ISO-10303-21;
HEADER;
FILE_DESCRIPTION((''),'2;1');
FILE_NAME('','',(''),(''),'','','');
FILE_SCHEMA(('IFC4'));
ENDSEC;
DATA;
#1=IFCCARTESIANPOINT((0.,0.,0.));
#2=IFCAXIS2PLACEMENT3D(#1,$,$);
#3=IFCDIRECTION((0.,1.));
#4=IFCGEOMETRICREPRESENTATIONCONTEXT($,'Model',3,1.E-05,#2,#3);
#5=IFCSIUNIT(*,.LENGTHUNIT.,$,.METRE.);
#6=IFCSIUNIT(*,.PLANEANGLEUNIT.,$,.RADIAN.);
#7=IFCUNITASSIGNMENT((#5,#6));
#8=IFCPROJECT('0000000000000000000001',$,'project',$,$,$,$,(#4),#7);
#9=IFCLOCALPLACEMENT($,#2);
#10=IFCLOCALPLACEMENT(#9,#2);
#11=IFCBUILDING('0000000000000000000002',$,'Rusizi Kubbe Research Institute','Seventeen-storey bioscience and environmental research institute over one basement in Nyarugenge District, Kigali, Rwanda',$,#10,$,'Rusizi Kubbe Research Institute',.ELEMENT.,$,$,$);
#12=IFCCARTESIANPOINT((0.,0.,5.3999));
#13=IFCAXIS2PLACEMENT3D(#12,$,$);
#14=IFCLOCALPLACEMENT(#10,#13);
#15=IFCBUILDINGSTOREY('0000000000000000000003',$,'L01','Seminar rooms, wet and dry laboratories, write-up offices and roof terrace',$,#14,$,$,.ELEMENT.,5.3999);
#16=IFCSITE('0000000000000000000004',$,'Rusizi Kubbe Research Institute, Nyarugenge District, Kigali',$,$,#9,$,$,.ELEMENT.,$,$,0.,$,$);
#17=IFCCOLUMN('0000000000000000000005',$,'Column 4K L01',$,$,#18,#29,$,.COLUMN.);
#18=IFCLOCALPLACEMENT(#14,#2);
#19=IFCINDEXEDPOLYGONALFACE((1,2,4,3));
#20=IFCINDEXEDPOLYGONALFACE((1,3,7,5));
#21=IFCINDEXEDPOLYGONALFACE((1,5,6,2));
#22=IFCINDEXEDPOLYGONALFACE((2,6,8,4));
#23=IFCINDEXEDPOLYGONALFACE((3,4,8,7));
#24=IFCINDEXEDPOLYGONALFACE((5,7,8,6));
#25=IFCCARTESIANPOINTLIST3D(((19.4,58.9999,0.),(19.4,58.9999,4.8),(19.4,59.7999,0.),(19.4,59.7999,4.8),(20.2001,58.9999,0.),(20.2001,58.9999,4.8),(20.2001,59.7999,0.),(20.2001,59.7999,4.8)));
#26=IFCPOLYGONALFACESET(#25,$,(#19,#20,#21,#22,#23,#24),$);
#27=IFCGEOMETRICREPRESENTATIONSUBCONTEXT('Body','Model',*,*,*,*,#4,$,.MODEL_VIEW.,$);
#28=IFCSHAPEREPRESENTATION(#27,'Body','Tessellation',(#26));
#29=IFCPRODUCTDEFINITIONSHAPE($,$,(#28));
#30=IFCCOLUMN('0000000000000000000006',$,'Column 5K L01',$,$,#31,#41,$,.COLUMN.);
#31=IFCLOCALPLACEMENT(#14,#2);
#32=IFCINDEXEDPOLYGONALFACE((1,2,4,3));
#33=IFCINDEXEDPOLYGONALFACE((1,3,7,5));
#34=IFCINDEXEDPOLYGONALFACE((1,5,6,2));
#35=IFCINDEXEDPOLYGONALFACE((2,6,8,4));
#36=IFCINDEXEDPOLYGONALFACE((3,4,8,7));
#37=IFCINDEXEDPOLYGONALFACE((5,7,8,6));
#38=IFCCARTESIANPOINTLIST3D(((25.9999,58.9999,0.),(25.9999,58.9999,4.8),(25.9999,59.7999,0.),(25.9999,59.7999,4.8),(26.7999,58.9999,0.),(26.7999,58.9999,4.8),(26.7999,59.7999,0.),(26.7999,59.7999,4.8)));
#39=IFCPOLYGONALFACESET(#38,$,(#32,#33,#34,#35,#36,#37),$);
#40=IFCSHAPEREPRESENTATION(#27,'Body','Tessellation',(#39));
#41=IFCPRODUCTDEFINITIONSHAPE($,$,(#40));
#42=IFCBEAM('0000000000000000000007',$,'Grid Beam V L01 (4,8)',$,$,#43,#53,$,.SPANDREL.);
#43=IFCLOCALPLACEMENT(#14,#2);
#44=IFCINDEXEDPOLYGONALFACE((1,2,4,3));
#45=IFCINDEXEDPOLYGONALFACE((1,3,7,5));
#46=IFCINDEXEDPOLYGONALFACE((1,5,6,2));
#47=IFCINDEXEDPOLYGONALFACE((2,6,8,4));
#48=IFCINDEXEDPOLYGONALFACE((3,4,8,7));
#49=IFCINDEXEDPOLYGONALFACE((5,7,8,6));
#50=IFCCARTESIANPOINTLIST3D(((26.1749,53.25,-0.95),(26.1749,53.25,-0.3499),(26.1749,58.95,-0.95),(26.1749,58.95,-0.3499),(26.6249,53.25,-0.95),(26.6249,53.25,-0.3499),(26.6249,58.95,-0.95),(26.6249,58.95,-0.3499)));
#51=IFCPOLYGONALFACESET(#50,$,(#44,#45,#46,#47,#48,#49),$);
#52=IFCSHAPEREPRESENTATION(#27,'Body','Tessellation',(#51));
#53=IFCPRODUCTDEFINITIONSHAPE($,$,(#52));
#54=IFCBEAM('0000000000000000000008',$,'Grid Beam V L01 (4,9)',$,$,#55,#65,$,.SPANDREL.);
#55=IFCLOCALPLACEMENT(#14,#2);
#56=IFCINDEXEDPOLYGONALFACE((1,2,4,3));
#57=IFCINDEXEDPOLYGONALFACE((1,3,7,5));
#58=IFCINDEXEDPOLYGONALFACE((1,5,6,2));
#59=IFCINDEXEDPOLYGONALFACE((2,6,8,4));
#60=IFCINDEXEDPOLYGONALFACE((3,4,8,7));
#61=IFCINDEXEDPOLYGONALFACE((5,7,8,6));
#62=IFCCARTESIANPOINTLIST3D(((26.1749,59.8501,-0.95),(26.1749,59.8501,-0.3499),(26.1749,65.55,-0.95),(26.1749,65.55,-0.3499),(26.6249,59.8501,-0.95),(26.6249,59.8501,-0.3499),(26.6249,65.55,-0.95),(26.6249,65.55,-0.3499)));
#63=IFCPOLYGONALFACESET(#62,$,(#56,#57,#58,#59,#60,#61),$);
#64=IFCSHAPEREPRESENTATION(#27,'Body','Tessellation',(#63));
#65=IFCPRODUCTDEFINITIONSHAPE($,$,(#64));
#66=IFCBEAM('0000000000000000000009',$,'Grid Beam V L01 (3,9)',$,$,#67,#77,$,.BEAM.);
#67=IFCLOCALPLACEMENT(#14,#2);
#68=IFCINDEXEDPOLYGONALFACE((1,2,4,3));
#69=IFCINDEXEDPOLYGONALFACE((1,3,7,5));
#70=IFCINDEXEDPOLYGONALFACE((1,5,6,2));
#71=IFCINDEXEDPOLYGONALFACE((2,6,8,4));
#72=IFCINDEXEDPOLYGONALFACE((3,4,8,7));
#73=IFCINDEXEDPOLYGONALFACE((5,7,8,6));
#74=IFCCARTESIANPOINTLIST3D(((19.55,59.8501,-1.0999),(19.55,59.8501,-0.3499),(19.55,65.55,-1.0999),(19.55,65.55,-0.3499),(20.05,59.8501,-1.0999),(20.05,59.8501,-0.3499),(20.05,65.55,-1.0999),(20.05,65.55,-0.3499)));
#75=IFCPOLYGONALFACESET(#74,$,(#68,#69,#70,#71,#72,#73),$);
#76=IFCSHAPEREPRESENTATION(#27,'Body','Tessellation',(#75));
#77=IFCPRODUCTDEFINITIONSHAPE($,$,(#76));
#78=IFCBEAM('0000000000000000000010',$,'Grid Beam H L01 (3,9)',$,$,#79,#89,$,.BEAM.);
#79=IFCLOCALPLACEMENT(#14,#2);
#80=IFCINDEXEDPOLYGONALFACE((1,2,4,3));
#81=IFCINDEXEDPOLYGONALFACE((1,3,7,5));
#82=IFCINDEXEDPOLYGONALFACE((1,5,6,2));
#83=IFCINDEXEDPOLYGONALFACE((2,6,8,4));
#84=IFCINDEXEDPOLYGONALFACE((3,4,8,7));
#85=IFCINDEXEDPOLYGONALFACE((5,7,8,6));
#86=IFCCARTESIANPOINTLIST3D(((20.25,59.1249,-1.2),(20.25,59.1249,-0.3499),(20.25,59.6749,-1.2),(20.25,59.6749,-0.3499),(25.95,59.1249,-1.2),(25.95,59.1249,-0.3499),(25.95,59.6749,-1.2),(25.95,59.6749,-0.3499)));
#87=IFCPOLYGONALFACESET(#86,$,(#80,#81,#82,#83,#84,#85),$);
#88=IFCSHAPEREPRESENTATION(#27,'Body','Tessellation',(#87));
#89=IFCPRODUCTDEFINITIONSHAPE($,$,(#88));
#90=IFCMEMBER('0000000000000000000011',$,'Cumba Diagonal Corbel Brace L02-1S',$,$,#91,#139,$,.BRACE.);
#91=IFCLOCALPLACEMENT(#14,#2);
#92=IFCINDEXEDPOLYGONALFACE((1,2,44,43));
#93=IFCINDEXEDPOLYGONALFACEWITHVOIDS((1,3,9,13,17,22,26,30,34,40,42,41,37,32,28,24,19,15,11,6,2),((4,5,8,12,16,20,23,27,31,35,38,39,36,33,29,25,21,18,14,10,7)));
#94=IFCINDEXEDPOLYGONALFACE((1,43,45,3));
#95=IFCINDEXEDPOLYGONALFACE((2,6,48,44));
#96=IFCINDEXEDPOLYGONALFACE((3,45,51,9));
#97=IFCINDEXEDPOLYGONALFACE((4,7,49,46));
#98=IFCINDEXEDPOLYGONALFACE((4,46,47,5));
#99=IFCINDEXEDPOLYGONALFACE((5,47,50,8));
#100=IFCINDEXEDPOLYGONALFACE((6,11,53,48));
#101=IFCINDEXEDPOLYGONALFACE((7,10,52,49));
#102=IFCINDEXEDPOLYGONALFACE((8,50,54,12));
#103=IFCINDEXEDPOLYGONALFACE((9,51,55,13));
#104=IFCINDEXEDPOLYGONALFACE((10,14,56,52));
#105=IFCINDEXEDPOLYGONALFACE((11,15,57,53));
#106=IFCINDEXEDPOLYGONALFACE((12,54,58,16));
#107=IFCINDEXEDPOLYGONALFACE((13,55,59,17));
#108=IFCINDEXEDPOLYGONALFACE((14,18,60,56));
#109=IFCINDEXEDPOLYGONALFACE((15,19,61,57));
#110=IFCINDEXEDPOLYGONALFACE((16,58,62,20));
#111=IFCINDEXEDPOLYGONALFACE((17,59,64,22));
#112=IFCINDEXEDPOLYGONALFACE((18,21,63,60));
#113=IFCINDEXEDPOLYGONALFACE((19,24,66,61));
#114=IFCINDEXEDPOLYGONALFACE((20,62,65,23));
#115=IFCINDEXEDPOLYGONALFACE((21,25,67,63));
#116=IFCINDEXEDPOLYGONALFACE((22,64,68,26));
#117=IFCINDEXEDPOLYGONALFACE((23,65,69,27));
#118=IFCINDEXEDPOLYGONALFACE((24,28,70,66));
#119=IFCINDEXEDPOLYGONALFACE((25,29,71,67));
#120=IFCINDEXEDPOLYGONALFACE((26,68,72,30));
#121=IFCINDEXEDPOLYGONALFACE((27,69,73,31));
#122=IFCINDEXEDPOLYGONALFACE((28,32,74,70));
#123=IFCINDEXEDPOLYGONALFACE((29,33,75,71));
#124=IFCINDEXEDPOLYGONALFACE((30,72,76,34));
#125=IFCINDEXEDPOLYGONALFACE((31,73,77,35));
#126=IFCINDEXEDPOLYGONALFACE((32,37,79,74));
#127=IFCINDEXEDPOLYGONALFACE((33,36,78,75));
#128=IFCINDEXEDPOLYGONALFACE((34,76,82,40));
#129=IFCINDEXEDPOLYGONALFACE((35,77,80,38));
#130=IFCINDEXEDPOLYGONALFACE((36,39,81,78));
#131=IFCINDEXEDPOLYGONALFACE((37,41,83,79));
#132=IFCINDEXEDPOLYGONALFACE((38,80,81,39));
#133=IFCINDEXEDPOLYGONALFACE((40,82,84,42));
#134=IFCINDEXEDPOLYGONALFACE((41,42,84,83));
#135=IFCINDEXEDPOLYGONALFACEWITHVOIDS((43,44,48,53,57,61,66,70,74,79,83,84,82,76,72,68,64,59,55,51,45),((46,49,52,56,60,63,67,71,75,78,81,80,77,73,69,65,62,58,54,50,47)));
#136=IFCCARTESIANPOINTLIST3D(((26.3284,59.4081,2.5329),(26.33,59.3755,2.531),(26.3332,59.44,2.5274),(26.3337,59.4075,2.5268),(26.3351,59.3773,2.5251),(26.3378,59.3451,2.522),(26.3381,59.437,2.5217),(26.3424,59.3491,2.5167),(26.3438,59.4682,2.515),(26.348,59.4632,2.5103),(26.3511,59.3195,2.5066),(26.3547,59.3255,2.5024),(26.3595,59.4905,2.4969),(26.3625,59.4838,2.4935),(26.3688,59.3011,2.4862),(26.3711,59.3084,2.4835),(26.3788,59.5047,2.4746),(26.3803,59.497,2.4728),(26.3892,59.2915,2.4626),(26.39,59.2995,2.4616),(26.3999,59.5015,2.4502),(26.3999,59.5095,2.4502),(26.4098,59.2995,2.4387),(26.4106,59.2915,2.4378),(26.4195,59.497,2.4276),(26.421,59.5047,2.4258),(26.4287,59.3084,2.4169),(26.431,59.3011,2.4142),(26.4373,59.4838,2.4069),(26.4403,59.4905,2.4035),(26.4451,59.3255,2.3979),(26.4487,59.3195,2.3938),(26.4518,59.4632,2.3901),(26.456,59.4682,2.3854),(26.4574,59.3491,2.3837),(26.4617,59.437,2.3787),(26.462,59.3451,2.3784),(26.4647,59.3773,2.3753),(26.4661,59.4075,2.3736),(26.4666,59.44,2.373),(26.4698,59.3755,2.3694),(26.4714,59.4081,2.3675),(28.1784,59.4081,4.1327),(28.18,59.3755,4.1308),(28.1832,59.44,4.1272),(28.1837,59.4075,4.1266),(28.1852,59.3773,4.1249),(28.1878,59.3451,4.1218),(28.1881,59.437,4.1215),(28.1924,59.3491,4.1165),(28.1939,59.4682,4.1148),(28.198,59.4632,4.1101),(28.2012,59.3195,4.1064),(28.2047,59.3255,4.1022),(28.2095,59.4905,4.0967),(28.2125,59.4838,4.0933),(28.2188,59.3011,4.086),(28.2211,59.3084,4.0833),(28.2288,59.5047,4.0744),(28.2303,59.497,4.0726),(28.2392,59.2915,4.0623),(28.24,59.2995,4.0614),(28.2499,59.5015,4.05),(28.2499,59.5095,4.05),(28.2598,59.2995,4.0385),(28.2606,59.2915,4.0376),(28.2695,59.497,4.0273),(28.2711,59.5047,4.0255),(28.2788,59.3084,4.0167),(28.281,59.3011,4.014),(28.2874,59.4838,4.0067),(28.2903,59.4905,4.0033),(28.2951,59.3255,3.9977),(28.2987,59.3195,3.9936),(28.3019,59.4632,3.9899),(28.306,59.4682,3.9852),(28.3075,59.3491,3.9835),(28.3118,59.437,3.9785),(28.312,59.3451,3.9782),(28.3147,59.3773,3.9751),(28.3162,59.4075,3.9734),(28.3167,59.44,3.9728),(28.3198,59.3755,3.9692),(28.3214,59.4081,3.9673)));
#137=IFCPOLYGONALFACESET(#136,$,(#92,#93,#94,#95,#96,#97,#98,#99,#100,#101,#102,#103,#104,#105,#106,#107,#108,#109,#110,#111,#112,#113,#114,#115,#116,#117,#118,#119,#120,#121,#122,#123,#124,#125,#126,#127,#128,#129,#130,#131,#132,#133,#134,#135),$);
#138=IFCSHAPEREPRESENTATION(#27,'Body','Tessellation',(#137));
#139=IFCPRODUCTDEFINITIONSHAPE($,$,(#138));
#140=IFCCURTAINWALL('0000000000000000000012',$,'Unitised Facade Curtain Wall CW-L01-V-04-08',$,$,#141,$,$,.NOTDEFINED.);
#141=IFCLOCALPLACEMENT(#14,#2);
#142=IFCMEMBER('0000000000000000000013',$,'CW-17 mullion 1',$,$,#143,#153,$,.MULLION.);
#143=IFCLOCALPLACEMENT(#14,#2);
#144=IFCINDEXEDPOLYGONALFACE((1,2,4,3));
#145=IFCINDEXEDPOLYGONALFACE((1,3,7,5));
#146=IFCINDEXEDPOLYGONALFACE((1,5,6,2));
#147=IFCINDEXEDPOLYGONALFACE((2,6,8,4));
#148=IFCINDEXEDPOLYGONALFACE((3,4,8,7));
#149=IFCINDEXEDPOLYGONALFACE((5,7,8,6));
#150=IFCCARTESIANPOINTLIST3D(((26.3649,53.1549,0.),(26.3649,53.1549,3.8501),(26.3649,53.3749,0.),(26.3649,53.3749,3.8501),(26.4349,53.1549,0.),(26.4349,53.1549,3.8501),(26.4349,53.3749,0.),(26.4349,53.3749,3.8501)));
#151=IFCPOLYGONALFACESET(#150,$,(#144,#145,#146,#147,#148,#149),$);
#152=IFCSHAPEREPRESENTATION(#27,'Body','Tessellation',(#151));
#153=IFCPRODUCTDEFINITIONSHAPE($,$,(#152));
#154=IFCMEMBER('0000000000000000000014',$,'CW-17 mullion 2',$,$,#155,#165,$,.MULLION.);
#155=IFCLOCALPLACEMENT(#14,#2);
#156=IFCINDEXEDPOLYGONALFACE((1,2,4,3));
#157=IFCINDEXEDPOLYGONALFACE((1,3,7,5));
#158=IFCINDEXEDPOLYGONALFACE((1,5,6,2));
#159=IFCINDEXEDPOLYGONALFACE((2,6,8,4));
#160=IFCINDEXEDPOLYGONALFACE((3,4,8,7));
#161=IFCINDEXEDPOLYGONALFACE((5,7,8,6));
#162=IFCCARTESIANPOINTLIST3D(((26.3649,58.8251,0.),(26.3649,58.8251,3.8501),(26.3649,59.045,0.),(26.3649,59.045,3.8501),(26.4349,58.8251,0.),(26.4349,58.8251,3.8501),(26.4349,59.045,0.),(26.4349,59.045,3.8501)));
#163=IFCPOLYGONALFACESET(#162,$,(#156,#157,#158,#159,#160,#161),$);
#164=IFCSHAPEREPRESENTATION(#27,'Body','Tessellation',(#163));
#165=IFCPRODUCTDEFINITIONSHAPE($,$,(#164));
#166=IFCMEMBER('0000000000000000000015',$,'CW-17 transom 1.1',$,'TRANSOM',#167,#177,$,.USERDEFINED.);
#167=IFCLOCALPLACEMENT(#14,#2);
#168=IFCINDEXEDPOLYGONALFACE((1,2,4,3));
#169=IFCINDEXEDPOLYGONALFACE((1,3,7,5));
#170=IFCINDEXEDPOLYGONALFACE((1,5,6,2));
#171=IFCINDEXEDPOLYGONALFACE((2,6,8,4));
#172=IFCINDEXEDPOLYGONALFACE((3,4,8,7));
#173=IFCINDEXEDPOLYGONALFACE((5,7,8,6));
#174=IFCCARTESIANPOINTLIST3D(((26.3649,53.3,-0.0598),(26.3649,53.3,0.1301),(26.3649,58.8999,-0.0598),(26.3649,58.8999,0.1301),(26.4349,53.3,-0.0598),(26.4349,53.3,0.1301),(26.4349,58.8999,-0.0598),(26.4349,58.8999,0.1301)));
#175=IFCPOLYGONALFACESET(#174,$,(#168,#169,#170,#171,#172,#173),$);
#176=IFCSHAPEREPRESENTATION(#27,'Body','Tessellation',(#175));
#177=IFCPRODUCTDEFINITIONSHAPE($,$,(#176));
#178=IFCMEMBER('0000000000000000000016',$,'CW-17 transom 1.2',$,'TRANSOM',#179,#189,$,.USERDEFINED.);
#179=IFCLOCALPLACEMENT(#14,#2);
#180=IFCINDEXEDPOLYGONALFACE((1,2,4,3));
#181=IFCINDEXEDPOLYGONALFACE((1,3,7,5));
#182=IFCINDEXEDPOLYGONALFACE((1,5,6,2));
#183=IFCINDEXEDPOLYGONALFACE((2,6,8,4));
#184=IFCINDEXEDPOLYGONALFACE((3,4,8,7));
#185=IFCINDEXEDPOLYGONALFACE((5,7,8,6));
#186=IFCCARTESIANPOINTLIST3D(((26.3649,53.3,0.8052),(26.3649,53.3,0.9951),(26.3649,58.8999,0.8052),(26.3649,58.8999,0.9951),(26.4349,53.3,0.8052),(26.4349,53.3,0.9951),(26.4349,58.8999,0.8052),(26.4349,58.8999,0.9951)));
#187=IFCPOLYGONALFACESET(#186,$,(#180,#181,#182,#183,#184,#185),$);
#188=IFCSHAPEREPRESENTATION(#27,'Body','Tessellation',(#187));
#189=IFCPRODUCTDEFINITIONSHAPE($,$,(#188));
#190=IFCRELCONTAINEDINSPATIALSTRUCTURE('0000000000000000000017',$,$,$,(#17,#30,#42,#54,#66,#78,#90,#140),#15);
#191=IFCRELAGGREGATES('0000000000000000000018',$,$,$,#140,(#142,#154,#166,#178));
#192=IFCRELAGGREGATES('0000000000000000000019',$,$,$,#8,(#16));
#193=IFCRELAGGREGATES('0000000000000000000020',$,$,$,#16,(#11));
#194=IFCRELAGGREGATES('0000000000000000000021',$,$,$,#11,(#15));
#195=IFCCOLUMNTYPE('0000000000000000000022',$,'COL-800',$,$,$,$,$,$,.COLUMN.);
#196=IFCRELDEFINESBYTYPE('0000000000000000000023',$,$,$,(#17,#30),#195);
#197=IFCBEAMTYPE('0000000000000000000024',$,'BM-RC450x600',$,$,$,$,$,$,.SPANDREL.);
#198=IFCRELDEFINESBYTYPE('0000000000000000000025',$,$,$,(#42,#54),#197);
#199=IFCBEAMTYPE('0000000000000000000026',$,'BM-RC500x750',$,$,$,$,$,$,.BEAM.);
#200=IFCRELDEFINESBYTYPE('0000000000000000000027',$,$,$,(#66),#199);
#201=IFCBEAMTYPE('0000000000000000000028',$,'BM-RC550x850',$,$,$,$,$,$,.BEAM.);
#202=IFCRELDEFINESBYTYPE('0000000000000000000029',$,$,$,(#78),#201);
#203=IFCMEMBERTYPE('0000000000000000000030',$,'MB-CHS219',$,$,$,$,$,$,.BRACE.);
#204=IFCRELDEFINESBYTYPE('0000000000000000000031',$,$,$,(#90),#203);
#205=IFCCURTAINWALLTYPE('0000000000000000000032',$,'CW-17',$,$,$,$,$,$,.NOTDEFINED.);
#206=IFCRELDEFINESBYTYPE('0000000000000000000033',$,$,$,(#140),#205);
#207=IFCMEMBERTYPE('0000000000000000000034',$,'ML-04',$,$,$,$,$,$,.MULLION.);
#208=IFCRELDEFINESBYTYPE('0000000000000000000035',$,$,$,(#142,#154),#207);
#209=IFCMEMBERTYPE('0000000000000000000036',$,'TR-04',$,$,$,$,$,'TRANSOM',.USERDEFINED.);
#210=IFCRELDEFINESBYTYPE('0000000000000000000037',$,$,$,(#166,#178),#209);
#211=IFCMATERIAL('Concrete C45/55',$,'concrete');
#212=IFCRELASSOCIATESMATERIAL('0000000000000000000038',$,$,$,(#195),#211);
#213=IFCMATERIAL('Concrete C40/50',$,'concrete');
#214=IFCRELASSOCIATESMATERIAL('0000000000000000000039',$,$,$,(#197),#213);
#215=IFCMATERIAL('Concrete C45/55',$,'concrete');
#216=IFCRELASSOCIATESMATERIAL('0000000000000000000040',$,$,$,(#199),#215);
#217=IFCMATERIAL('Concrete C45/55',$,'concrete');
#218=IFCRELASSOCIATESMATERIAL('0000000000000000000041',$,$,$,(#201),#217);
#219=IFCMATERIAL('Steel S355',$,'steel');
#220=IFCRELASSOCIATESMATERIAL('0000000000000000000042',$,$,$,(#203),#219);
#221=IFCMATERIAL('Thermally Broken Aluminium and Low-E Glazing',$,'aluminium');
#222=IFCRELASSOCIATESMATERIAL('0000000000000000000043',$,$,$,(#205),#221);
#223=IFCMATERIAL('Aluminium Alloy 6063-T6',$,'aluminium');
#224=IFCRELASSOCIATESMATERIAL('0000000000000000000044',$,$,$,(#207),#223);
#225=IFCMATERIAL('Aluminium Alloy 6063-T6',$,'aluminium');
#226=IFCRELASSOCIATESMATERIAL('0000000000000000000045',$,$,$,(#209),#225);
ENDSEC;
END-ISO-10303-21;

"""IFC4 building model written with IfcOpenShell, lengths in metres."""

from ifc_helpers import new_model, si_unit, direction, frame, origin, origin_2d, place, context, subcontext, project, spatial, rectangle, hollow_circle, extrude, material, material_profile, profile_set, type_object, element, aggregate, save


model = new_model("IFC4")

# Units and contexts
model_context = context("Model", 3, precision=1e-05, world=origin(), true_north=direction((0.0, 1.0)))
body_context = subcontext(model_context, "Body", "Model", "MODEL_VIEW")
ifc_project = project(units=[si_unit("LENGTHUNIT", "METRE"), si_unit("PLANEANGLEUNIT", "RADIAN")], contexts=[model_context])

# Site, building, storey
site_placement = place(None, origin())
site = spatial("IfcSite", under=ifc_project, at=site_placement, Name="Rusizi Kubbe Research Institute, Nyarugenge District, Kigali", CompositionType="ELEMENT", RefElevation=0.0)
building_placement = place(site_placement, origin())
building = spatial("IfcBuilding", under=site, at=building_placement, Name="Rusizi Kubbe Research Institute", Description="Seventeen-storey bioscience and environmental research institute over one basement in Nyarugenge District, Kigali, Rwanda", LongName="Rusizi Kubbe Research Institute", CompositionType="ELEMENT")
storey_placement = place(building_placement, frame((0.0, 0.0, 5.3999)))
storey = spatial("IfcBuildingStorey", under=building, at=storey_placement, Name="L01", Description="Seminar rooms, wet and dry laboratories, write-up offices and roof terrace", CompositionType="ELEMENT", Elevation=5.3999)

# Columns
ifc_material_1 = material(Name="Concrete C45/55", Category="concrete")
ifc_material_profile_1 = material_profile(ifc_material_1, rectangle(XDim=0.8, YDim=0.8, at=origin_2d()), Name="RC800x800")
ifc_profile_set_1 = profile_set([ifc_material_profile_1], Name="Concrete C45/55")
column_type = type_object("IfcColumnType", Name="COL-800", PredefinedType="COLUMN", material=ifc_profile_set_1)
for number, where, z_axis, x_axis, name in (
    (1, (19.8, 59.3999, 0.0), (0.0, 0.0, 1.0), (1.0, 0.0, 0.0), "Column 4K L01"),
    (2, (26.3999, 59.3999, 0.0), (0.0, 0.0, 1.0), (1.0, 0.0, 0.0), "Column 5K L01"),
):
    element("IfcColumn", number, at=place(storey_placement, frame(where, z_axis=z_axis, x_axis=x_axis)), inside=storey, type_object=column_type, Name=name, PredefinedType="COLUMN", context=body_context, shape_type="SweptSolid", body=[
        extrude(rectangle(XDim=0.8, YDim=0.8, at=origin_2d()), origin(), (0.0, 0.0, 1.0), 4.8),
    ])

# Beams
ifc_material_2 = material(Name="Concrete C40/50", Category="concrete")
ifc_material_profile_2 = material_profile(ifc_material_2, rectangle(XDim=0.45, YDim=0.6001, at=origin_2d()), Name="RC450x600")
ifc_profile_set_2 = profile_set([ifc_material_profile_2], Name="Concrete C40/50")
beam_type_1 = type_object("IfcBeamType", Name="BM-RC450x600", PredefinedType="SPANDREL", material=ifc_profile_set_2)
for number, where, z_axis, x_axis, name in (
    (3, (26.3999, 53.25, -0.6499), (0.0, 1.0, 0.0), (-1.0, 0.0, 0.0), "Grid Beam V L01 (4,8)"),
    (4, (26.3999, 59.8501, -0.6499), (0.0, 1.0, 0.0), (-1.0, 0.0, 0.0), "Grid Beam V L01 (4,9)"),
):
    element("IfcBeam", number, at=place(storey_placement, frame(where, z_axis=z_axis, x_axis=x_axis)), inside=storey, type_object=beam_type_1, Name=name, PredefinedType="SPANDREL", context=body_context, shape_type="SweptSolid", body=[
        extrude(rectangle(XDim=0.45, YDim=0.6001, at=origin_2d()), origin(), (0.0, 0.0, 1.0), 5.7),
    ])
ifc_material_3 = material(Name="Concrete C45/55", Category="concrete")
ifc_material_profile_3 = material_profile(ifc_material_3, rectangle(XDim=0.5, YDim=0.75, at=origin_2d()), Name="RC500x750B")
ifc_profile_set_3 = profile_set([ifc_material_profile_3], Name="Concrete C45/55")
beam_type_2 = type_object("IfcBeamType", Name="BM-RC500x750", PredefinedType="BEAM", material=ifc_profile_set_3)
beam_1_placement = place(storey_placement, frame((19.8, 59.8501, -0.7249), z_axis=(0.0, 1.0, 0.0), x_axis=(-1.0, 0.0, 0.0)))
element("IfcBeam", 5, at=beam_1_placement, inside=storey, type_object=beam_type_2, Name="Grid Beam V L01 (3,9)", PredefinedType="BEAM", context=body_context, shape_type="SweptSolid", body=[
    extrude(rectangle(XDim=0.5, YDim=0.75, at=origin_2d()), origin(), (0.0, 0.0, 1.0), 5.7),
])
ifc_material_4 = material(Name="Concrete C45/55", Category="concrete")
ifc_material_profile_4 = material_profile(ifc_material_4, rectangle(XDim=0.55, YDim=0.8501, at=origin_2d()), Name="RC550x850")
ifc_profile_set_4 = profile_set([ifc_material_profile_4], Name="Concrete C45/55")
beam_type_3 = type_object("IfcBeamType", Name="BM-RC550x850", PredefinedType="BEAM", material=ifc_profile_set_4)
beam_2_placement = place(storey_placement, frame((20.25, 59.3999, -0.7749), z_axis=(1.0, 0.0, 0.0), x_axis=(0.0, 1.0, 0.0)))
element("IfcBeam", 6, at=beam_2_placement, inside=storey, type_object=beam_type_3, Name="Grid Beam H L01 (3,9)", PredefinedType="BEAM", context=body_context, shape_type="SweptSolid", body=[
    extrude(rectangle(XDim=0.55, YDim=0.8501, at=origin_2d()), origin(), (0.0, 0.0, 1.0), 5.7),
])

# Member
ifc_material_5 = material(Name="Steel S355", Category="steel")
ifc_material_profile_5 = material_profile(ifc_material_5, hollow_circle(Radius=0.1096, WallThickness=0.0081, at=origin_2d()), Name="CHS 219.1x8.0")
ifc_profile_set_5 = profile_set([ifc_material_profile_5], Name="Steel S355")
member_type_1 = type_object("IfcMemberType", Name="MB-CHS219", PredefinedType="BRACE", material=ifc_profile_set_5)
member_1_placement = place(storey_placement, frame((26.3999, 59.3999, 2.4502), z_axis=(0.75641, 0.0, 0.654098), x_axis=(0.0, 1.0, 0.0)))
element("IfcMember", 7, at=member_1_placement, inside=storey, type_object=member_type_1, Name="Cumba Diagonal Corbel Brace L02-1S", PredefinedType="BRACE", context=body_context, shape_type="SweptSolid", body=[
    extrude(hollow_circle(Radius=0.1096, WallThickness=0.0081, at=origin_2d()), origin(), (0.0, 0.0, 1.0), 2.4458),
])

# Curtain wall, members
ifc_material_6 = material(Name="Thermally Broken Aluminium and Low-E Glazing", Category="aluminium")
curtain_wall_type = type_object("IfcCurtainWallType", Name="CW-17", PredefinedType="NOTDEFINED", material=ifc_material_6)
curtain_wall_placement = place(storey_placement, origin())
curtain_wall = element("IfcCurtainWall", 8, at=curtain_wall_placement, inside=storey, type_object=curtain_wall_type, Name="Unitised Facade Curtain Wall CW-L01-V-04-08", PredefinedType="NOTDEFINED")
ifc_material_7 = material(Name="Aluminium Alloy 6063-T6", Category="aluminium")
ifc_material_profile_6 = material_profile(ifc_material_7, rectangle(XDim=0.0701, YDim=0.22, at=origin_2d()), Name="ALU-M 70x220")
ifc_profile_set_6 = profile_set([ifc_material_profile_6], Name="Aluminium Alloy 6063-T6")
member_type_2 = type_object("IfcMemberType", Name="ML-04", PredefinedType="MULLION", material=ifc_profile_set_6)
member_2_placement = place(storey_placement, frame((26.3999, 53.2649, 0.0), z_axis=(0.0, 0.0, 1.0), x_axis=(-1.0, 0.0, 0.0)))
member_2 = element("IfcMember", 9, at=member_2_placement, type_object=member_type_2, Name="CW-17 mullion 1", PredefinedType="MULLION", context=body_context, shape_type="SweptSolid", body=[
    extrude(rectangle(XDim=0.0701, YDim=0.22, at=origin_2d()), origin(), (0.0, 0.0, 1.0), 3.8501),
])
member_3_placement = place(storey_placement, frame((26.3999, 58.9351, 0.0), z_axis=(0.0, 0.0, 1.0), x_axis=(-1.0, 0.0, 0.0)))
member_3 = element("IfcMember", 10, at=member_3_placement, type_object=member_type_2, Name="CW-17 mullion 2", PredefinedType="MULLION", context=body_context, shape_type="SweptSolid", body=[
    extrude(rectangle(XDim=0.0701, YDim=0.22, at=origin_2d()), origin(), (0.0, 0.0, 1.0), 3.8501),
])
ifc_material_8 = material(Name="Aluminium Alloy 6063-T6", Category="aluminium")
ifc_material_profile_7 = material_profile(ifc_material_8, rectangle(XDim=0.0701, YDim=0.1899, at=origin_2d()), Name="ALU-T 70x190")
ifc_profile_set_7 = profile_set([ifc_material_profile_7], Name="Aluminium Alloy 6063-T6")
member_type_3 = type_object("IfcMemberType", Name="TR-04", ElementType="TRANSOM", PredefinedType="USERDEFINED", material=ifc_profile_set_7)
member_4_placement = place(storey_placement, frame((26.3999, 53.3, 0.0352), z_axis=(0.0, 1.0, 0.0), x_axis=(-1.0, 0.0, 0.0)))
member_4 = element("IfcMember", 11, at=member_4_placement, type_object=member_type_3, Name="CW-17 transom 1.1", ObjectType="TRANSOM", PredefinedType="USERDEFINED", context=body_context, shape_type="SweptSolid", body=[
    extrude(rectangle(XDim=0.0701, YDim=0.1899, at=origin_2d()), origin(), (0.0, 0.0, 1.0), 5.5999),
])
member_5_placement = place(storey_placement, frame((26.3999, 53.3, 0.9001), z_axis=(0.0, 1.0, 0.0), x_axis=(-1.0, 0.0, 0.0)))
member_5 = element("IfcMember", 12, at=member_5_placement, type_object=member_type_3, Name="CW-17 transom 1.2", ObjectType="TRANSOM", PredefinedType="USERDEFINED", context=body_context, shape_type="SweptSolid", body=[
    extrude(rectangle(XDim=0.0701, YDim=0.1899, at=origin_2d()), origin(), (0.0, 0.0, 1.0), 5.5999),
])
aggregate(curtain_wall, [member_2, member_3, member_4, member_5])

save(model, "model.ifc")
